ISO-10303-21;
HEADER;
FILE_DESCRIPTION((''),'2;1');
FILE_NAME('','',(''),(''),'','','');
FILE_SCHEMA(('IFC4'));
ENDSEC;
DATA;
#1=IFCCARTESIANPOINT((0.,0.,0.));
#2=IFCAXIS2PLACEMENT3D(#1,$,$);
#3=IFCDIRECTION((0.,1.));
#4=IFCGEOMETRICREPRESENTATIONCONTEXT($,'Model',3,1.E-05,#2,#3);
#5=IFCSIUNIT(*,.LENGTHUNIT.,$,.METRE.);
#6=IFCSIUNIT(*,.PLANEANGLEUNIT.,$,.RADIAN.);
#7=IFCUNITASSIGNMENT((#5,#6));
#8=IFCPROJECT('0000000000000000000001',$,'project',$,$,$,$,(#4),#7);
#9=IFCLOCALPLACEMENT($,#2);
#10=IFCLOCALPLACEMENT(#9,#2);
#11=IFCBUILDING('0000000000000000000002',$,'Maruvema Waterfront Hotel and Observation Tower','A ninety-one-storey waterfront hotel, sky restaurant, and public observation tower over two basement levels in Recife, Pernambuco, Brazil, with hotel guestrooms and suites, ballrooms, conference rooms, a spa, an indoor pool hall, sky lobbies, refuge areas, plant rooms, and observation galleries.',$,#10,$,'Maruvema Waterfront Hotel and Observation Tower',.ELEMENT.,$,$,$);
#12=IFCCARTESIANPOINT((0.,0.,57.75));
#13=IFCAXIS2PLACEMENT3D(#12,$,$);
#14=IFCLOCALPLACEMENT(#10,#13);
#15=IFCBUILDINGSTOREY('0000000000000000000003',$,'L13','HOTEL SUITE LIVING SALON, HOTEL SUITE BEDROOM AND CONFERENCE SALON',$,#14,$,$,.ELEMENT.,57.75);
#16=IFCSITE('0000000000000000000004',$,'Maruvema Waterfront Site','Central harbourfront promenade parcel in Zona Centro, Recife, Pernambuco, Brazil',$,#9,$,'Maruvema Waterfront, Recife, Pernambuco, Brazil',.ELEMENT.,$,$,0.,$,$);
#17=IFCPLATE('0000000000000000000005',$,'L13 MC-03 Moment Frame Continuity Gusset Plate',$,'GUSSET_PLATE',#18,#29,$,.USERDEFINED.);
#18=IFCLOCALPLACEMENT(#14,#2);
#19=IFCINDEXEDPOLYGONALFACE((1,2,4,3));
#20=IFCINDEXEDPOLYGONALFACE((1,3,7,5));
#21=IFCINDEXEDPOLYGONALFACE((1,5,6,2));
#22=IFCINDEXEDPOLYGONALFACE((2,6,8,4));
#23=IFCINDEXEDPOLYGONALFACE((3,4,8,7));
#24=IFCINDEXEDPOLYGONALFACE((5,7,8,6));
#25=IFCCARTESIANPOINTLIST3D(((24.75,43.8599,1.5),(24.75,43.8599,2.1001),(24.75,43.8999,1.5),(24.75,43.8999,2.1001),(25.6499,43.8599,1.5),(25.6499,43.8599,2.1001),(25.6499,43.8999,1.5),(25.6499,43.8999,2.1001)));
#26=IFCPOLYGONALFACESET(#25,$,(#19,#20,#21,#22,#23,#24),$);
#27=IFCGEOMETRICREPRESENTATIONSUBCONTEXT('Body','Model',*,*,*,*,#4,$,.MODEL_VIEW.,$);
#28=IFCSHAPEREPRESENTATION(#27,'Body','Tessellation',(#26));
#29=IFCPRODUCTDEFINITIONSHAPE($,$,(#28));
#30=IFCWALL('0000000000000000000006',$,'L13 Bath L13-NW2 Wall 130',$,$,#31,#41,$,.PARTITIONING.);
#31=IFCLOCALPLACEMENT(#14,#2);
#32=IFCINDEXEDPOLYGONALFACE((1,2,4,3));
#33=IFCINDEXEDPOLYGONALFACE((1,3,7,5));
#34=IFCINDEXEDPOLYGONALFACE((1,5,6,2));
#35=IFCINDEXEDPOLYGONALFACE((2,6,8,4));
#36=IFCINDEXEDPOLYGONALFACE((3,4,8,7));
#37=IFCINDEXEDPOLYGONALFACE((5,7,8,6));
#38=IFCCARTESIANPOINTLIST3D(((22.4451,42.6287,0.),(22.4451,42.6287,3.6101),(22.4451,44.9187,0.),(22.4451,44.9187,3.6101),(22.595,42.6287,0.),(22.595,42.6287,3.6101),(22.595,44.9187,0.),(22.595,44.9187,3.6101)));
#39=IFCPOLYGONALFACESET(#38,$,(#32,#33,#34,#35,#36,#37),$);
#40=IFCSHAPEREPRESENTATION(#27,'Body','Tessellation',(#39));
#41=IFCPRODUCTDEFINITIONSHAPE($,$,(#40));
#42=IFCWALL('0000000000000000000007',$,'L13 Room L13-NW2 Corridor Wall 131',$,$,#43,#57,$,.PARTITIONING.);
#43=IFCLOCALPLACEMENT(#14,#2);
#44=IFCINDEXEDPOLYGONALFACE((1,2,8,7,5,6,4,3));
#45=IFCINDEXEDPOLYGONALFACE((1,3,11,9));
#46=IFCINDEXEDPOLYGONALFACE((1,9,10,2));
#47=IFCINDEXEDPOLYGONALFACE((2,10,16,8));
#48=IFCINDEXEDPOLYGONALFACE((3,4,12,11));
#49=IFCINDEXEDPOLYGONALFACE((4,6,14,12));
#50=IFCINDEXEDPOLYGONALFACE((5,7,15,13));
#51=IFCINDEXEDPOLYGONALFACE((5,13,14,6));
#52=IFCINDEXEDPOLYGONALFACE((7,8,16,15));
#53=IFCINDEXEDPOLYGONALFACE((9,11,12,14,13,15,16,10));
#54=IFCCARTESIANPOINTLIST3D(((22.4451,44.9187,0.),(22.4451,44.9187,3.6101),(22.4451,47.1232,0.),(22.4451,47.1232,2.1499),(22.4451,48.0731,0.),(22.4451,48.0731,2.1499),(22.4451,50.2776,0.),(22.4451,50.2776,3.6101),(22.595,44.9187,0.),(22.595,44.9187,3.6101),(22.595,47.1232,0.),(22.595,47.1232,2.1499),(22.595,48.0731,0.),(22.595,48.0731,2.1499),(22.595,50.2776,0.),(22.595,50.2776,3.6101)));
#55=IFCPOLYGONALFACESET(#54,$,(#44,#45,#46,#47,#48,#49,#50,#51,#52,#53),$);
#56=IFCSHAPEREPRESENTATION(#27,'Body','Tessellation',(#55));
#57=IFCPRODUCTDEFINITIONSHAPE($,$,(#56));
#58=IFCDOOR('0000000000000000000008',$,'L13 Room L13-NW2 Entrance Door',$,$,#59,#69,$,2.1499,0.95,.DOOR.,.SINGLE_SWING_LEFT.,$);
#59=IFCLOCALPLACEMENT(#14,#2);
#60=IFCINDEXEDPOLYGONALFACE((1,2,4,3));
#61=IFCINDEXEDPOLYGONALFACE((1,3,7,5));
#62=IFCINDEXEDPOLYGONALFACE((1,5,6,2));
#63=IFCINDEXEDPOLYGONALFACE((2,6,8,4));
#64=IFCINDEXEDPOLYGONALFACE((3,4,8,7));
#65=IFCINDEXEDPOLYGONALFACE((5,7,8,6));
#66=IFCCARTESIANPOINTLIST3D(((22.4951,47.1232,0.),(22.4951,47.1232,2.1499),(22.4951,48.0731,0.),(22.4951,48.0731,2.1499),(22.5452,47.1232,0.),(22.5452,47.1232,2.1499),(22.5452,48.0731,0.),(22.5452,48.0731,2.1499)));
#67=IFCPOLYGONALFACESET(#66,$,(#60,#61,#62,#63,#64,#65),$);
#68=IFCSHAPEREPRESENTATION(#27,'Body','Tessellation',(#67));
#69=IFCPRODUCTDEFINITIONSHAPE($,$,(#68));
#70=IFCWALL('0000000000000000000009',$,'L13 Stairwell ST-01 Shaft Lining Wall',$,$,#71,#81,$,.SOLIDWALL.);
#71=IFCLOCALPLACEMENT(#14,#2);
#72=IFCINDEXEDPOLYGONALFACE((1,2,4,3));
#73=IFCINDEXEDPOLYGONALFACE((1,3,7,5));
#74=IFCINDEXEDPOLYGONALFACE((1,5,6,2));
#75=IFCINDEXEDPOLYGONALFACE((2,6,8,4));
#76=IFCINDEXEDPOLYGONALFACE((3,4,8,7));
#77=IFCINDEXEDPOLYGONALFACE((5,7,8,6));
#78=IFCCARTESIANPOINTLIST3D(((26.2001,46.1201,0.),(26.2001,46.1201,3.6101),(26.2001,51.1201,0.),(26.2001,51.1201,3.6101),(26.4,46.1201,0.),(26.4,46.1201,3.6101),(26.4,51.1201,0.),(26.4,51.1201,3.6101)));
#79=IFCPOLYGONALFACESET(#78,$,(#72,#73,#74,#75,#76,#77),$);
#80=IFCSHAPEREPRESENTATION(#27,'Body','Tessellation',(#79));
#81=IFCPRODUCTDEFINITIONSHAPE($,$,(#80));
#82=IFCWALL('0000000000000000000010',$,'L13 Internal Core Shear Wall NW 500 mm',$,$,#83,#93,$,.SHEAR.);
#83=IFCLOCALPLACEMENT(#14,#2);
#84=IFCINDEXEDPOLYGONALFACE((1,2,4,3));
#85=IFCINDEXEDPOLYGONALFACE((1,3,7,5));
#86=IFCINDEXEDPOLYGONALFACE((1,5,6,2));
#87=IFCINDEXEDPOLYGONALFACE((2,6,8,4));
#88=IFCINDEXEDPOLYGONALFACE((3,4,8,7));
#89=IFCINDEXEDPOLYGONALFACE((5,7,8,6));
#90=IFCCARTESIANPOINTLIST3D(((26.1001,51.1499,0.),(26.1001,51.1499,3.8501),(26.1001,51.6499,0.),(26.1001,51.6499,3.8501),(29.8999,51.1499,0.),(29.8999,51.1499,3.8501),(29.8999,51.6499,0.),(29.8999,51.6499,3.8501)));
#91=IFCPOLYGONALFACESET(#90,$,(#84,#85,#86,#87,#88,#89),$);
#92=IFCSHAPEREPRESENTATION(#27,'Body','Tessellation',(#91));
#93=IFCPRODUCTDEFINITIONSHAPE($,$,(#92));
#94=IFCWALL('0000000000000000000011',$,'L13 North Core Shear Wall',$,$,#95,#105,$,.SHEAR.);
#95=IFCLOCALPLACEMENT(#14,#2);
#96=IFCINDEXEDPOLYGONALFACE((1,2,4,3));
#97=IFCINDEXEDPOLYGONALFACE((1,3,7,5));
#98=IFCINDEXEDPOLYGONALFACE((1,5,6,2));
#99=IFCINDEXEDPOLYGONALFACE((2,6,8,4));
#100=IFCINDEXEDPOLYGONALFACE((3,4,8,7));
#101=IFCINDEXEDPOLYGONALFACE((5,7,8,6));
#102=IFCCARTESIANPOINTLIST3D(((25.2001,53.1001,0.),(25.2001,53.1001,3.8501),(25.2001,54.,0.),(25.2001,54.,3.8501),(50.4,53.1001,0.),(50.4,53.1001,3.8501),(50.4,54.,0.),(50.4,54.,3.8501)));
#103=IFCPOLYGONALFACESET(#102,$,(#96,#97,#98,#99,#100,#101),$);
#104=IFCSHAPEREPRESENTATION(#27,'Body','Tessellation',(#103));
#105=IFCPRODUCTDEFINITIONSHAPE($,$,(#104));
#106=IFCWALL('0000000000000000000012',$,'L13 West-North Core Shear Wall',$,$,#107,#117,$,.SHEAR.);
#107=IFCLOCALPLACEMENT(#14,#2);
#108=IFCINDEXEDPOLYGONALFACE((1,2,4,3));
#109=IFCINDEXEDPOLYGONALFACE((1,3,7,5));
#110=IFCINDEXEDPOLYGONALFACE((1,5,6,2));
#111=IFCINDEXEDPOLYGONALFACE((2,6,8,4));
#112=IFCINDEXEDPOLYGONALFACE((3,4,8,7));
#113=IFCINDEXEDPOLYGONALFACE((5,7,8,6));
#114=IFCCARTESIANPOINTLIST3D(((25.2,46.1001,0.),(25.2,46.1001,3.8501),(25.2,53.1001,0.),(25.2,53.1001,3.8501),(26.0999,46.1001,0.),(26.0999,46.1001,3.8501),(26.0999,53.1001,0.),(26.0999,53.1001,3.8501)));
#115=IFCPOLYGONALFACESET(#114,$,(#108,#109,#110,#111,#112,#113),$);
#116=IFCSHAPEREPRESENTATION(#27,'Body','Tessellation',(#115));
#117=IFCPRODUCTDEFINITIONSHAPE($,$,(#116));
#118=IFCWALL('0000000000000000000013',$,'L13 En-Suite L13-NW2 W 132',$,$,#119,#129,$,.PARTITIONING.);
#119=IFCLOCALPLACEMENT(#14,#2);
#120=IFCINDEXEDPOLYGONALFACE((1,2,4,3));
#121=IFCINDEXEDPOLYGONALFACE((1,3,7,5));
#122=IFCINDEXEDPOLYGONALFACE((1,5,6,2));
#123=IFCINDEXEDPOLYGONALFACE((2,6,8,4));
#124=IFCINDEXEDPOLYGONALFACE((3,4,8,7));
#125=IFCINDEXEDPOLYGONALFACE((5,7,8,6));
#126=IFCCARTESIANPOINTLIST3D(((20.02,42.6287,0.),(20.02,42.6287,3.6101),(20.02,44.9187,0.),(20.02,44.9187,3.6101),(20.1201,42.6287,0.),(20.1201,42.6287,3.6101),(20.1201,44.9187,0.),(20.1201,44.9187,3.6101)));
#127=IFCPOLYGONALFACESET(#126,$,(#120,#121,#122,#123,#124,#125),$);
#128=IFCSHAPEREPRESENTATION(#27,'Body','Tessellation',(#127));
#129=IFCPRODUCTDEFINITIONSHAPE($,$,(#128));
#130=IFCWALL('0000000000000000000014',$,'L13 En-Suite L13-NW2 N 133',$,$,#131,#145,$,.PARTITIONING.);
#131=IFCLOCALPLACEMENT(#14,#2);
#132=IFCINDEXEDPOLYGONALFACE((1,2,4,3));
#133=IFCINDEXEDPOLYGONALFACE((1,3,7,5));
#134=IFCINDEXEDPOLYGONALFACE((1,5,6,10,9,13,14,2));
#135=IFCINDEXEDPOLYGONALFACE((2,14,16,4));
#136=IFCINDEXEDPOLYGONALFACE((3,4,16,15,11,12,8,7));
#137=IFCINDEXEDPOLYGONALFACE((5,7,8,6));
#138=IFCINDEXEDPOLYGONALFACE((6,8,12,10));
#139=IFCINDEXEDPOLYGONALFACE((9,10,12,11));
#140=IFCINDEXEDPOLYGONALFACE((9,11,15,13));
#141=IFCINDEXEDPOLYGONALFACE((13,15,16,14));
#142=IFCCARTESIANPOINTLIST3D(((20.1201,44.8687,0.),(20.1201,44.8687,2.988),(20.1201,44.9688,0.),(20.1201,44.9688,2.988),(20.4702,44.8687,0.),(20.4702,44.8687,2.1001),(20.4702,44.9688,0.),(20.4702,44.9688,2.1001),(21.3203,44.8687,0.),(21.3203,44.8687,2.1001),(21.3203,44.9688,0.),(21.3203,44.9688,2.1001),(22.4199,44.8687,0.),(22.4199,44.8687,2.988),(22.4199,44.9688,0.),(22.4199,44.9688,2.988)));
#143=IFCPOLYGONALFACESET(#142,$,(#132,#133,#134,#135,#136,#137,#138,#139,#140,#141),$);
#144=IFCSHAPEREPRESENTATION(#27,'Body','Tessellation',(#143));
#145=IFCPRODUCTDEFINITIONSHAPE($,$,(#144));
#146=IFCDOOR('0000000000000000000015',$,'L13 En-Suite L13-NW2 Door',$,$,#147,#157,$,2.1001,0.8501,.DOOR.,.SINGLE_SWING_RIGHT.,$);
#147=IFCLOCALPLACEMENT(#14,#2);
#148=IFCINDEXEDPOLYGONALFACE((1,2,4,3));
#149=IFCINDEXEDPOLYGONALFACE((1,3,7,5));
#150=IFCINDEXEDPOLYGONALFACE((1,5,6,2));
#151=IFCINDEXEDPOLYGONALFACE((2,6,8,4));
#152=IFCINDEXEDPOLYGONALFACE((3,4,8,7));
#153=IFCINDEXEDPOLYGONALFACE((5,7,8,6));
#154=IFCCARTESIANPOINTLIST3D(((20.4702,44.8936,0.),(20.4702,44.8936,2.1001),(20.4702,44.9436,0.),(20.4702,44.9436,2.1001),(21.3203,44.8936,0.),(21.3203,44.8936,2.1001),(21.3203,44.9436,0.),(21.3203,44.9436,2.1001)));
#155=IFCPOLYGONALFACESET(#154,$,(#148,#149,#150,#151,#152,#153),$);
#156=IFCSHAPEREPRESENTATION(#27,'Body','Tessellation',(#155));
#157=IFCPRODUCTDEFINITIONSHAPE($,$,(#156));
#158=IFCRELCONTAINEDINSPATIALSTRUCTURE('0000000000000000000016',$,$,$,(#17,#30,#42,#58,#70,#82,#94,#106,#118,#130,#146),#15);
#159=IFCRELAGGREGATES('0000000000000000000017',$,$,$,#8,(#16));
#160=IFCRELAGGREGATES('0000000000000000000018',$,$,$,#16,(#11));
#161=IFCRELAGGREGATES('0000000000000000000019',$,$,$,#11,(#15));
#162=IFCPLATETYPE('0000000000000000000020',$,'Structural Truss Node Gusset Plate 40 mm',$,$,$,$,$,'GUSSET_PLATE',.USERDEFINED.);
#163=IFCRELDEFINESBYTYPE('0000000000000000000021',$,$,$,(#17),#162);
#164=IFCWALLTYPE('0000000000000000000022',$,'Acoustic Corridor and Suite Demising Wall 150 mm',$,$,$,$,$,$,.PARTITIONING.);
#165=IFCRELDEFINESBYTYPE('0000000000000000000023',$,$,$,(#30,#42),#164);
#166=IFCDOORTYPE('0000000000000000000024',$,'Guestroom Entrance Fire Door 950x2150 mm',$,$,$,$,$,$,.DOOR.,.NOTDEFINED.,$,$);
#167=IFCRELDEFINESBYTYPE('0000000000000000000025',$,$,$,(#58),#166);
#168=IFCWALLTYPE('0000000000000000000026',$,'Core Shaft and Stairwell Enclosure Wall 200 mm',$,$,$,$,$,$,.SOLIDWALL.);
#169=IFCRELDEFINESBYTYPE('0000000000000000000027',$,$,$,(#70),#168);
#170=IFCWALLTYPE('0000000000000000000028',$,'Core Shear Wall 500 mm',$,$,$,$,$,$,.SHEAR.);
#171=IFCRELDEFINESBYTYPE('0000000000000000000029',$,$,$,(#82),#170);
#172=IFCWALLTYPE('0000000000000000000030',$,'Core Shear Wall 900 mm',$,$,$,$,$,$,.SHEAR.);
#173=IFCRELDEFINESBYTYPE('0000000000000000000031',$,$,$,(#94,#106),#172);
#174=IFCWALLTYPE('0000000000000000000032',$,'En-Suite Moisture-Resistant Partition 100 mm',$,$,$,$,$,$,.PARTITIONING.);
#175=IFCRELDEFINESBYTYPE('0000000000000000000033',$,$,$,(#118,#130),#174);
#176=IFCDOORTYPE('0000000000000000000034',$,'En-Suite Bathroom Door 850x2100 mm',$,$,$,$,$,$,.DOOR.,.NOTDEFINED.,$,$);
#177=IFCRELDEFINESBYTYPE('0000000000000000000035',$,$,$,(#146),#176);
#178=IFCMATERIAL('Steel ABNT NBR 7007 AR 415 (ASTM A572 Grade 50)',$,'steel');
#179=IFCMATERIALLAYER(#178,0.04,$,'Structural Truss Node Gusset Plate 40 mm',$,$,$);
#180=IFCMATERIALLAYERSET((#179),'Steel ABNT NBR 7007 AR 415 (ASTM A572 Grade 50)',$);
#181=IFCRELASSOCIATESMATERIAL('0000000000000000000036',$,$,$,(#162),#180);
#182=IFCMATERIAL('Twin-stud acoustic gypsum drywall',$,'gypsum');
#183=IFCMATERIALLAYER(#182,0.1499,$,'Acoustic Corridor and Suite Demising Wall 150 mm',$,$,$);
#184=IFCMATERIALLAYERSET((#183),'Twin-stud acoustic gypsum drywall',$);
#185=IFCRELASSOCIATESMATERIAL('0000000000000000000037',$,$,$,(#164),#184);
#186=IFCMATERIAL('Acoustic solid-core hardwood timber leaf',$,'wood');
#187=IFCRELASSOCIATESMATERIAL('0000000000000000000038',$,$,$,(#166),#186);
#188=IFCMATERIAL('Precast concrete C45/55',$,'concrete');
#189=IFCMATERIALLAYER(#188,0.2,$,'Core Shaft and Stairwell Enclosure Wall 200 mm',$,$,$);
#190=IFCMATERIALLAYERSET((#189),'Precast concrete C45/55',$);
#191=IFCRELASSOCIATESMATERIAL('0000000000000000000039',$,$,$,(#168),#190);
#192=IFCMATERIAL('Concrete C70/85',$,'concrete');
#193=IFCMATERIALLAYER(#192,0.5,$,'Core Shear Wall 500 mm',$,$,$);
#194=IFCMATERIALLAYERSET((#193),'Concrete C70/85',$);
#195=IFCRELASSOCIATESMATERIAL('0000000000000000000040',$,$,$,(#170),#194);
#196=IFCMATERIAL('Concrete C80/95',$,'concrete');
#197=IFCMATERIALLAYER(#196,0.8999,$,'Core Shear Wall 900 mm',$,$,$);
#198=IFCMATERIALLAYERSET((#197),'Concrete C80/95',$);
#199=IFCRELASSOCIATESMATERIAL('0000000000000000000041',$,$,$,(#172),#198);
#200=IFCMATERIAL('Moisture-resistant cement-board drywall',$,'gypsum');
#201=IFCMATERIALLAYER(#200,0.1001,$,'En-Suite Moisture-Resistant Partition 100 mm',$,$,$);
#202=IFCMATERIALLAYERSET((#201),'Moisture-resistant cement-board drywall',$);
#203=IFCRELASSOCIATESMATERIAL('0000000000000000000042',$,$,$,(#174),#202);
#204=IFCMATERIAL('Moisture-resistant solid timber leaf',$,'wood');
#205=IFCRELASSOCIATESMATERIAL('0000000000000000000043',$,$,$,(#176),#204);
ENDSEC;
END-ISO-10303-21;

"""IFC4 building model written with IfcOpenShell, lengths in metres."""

from ifc_helpers import new_model, si_unit, direction, frame, frame_2d, origin, origin_2d, place, context, subcontext, project, spatial, rectangle, extrude, material, layer, layer_set, type_object, element, fill, save


model = new_model("IFC4")

# Units and contexts
model_context = context("Model", 3, precision=1e-05, world=origin(), true_north=direction((0.0, 1.0)))
body_context = subcontext(model_context, "Body", "Model", "MODEL_VIEW")
ifc_project = project(units=[si_unit("LENGTHUNIT", "METRE"), si_unit("PLANEANGLEUNIT", "RADIAN")], contexts=[model_context])

# Site, building, storey
site_placement = place(None, origin())
site = spatial("IfcSite", under=ifc_project, at=site_placement, Name="Maruvema Waterfront Site", Description="Central harbourfront promenade parcel in Zona Centro, Recife, Pernambuco, Brazil", LongName="Maruvema Waterfront, Recife, Pernambuco, Brazil", CompositionType="ELEMENT", RefElevation=0.0)
building_placement = place(site_placement, origin())
building = spatial("IfcBuilding", under=site, at=building_placement, Name="Maruvema Waterfront Hotel and Observation Tower", Description="A ninety-one-storey waterfront hotel, sky restaurant, and public observation tower over two basement levels in Recife, Pernambuco, Brazil, with hotel guestrooms and suites, ballrooms, conference rooms, a spa, an indoor pool hall, sky lobbies, refuge areas, plant rooms, and observation galleries.", LongName="Maruvema Waterfront Hotel and Observation Tower", CompositionType="ELEMENT")
storey_placement = place(building_placement, frame((0.0, 0.0, 57.75)))
storey = spatial("IfcBuildingStorey", under=building, at=storey_placement, Name="L13", Description="HOTEL SUITE LIVING SALON, HOTEL SUITE BEDROOM AND CONFERENCE SALON", CompositionType="ELEMENT", Elevation=57.75)

# Plate
ifc_material_1 = material(Name="Steel ABNT NBR 7007 AR 415 (ASTM A572 Grade 50)", Category="steel")
ifc_layer_1 = layer(ifc_material_1, 0.04, Name="Structural Truss Node Gusset Plate 40 mm")
ifc_layer_set_1 = layer_set([ifc_layer_1], Name="Steel ABNT NBR 7007 AR 415 (ASTM A572 Grade 50)")
plate_type_1 = type_object("IfcPlateType", Name="Structural Truss Node Gusset Plate 40 mm", ElementType="GUSSET_PLATE", PredefinedType="USERDEFINED", material=ifc_layer_set_1)
plate_1_placement = place(storey_placement, frame((25.2, 43.8799, 1.5), z_axis=(0.0, 0.0, 1.0), x_axis=(1.0, 0.0, 0.0)))
element("IfcPlate", 1, at=plate_1_placement, inside=storey, type_object=plate_type_1, Name="L13 MC-03 Moment Frame Continuity Gusset Plate", ObjectType="GUSSET_PLATE", PredefinedType="USERDEFINED", context=body_context, shape_type="SweptSolid", body=[
    extrude(rectangle(XDim=0.8999, YDim=0.04, at=origin_2d()), origin(), (0.0, 0.0, 1.0), 0.6001),
])

# Wall
ifc_material_2 = material(Name="Twin-stud acoustic gypsum drywall", Category="gypsum")
ifc_layer_2 = layer(ifc_material_2, 0.1499, Name="Acoustic Corridor and Suite Demising Wall 150 mm")
ifc_layer_set_2 = layer_set([ifc_layer_2], Name="Twin-stud acoustic gypsum drywall")
wall_type_1 = type_object("IfcWallType", Name="Acoustic Corridor and Suite Demising Wall 150 mm", PredefinedType="PARTITIONING", material=ifc_layer_set_2)
wall_1_placement = place(storey_placement, frame((22.52, 42.6287, 0.0), z_axis=(0.0, 0.0, 1.0), x_axis=(0.0, 1.0, 0.0)))
element("IfcWall", 2, at=wall_1_placement, inside=storey, type_object=wall_type_1, Name="L13 Bath L13-NW2 Wall 130", PredefinedType="PARTITIONING", context=body_context, shape_type="SweptSolid", body=[
    extrude(rectangle(XDim=2.29, YDim=0.1499, at=frame_2d((1.145, 0.0))), origin(), (0.0, 0.0, 1.0), 3.6101),
])

# Wall, opening, door
wall_2_placement = place(storey_placement, frame((22.52, 44.9187, 0.0), z_axis=(0.0, 0.0, 1.0), x_axis=(0.0, 1.0, 0.0)))
wall_2 = element("IfcWall", 3, at=wall_2_placement, inside=storey, type_object=wall_type_1, Name="L13 Room L13-NW2 Corridor Wall 131", PredefinedType="PARTITIONING", context=body_context, shape_type="SweptSolid", body=[
    extrude(rectangle(XDim=5.3589, YDim=0.1499, at=frame_2d((2.6794, 0.0))), origin(), (0.0, 0.0, 1.0), 3.6101),
])
opening_1_placement = place(wall_2_placement, frame((2.2043, 0.0, 0.0)))
opening_1 = element("IfcOpeningElement", 4, at=opening_1_placement, cuts=wall_2, PredefinedType="OPENING", context=body_context, shape_type="SweptSolid", body=[
    extrude(rectangle(XDim=0.95, YDim=2.1499, at=frame_2d((0.4751, 1.075))), frame((0.0, 0.085, 0.0), z_axis=(0.0, -1.0, 0.0), x_axis=(1.0, 0.0, 0.0)), (0.0, 0.0, 1.0), 0.1699),
])
ifc_material_3 = material(Name="Acoustic solid-core hardwood timber leaf", Category="wood")
door_type_1 = type_object("IfcDoorType", Name="Guestroom Entrance Fire Door 950x2150 mm", OperationType="NOTDEFINED", PredefinedType="DOOR", material=ifc_material_3)
door_1_placement = place(opening_1_placement, origin())
door_1 = element("IfcDoor", 5, at=door_1_placement, inside=storey, type_object=door_type_1, Name="L13 Room L13-NW2 Entrance Door", OperationType="SINGLE_SWING_LEFT", OverallHeight=2.1499, OverallWidth=0.95, PredefinedType="DOOR", context=body_context, shape_type="SweptSolid", body=[
    extrude(rectangle(XDim=0.95, YDim=2.1499, at=frame_2d((0.4751, 1.075))), frame((0.0, 0.0249, 0.0), z_axis=(0.0, -1.0, 0.0), x_axis=(1.0, 0.0, 0.0)), (0.0, 0.0, 1.0), 0.05),
])
fill(opening_1, door_1)

# Walls
ifc_material_4 = material(Name="Precast concrete C45/55", Category="concrete")
ifc_layer_3 = layer(ifc_material_4, 0.2, Name="Core Shaft and Stairwell Enclosure Wall 200 mm")
ifc_layer_set_3 = layer_set([ifc_layer_3], Name="Precast concrete C45/55")
wall_type_2 = type_object("IfcWallType", Name="Core Shaft and Stairwell Enclosure Wall 200 mm", PredefinedType="SOLIDWALL", material=ifc_layer_set_3)
wall_3_placement = place(storey_placement, frame((26.3, 46.1201, 0.0), z_axis=(0.0, 0.0, 1.0), x_axis=(0.0, 1.0, 0.0)))
element("IfcWall", 6, at=wall_3_placement, inside=storey, type_object=wall_type_2, Name="L13 Stairwell ST-01 Shaft Lining Wall", PredefinedType="SOLIDWALL", context=body_context, shape_type="SweptSolid", body=[
    extrude(rectangle(XDim=5.0, YDim=0.2, at=frame_2d((2.5, 0.0))), origin(), (0.0, 0.0, 1.0), 3.6101),
])
ifc_material_5 = material(Name="Concrete C70/85", Category="concrete")
ifc_layer_4 = layer(ifc_material_5, 0.5, Name="Core Shear Wall 500 mm")
ifc_layer_set_4 = layer_set([ifc_layer_4], Name="Concrete C70/85")
wall_type_3 = type_object("IfcWallType", Name="Core Shear Wall 500 mm", PredefinedType="SHEAR", material=ifc_layer_set_4)
wall_4_placement = place(storey_placement, frame((26.1001, 51.3999, 0.0), z_axis=(0.0, 0.0, 1.0), x_axis=(1.0, 0.0, 0.0)))
element("IfcWall", 7, at=wall_4_placement, inside=storey, type_object=wall_type_3, Name="L13 Internal Core Shear Wall NW 500 mm", PredefinedType="SHEAR", context=body_context, shape_type="SweptSolid", body=[
    extrude(rectangle(XDim=3.7998, YDim=0.5, at=frame_2d((1.8999, 0.0))), origin(), (0.0, 0.0, 1.0), 3.8501),
])
ifc_material_6 = material(Name="Concrete C80/95", Category="concrete")
ifc_layer_5 = layer(ifc_material_6, 0.8999, Name="Core Shear Wall 900 mm")
ifc_layer_set_5 = layer_set([ifc_layer_5], Name="Concrete C80/95")
wall_type_4 = type_object("IfcWallType", Name="Core Shear Wall 900 mm", PredefinedType="SHEAR", material=ifc_layer_set_5)
wall_5_placement = place(storey_placement, frame((25.2, 53.55, 0.0), z_axis=(0.0, 0.0, 1.0), x_axis=(1.0, 0.0, 0.0)))
element("IfcWall", 8, at=wall_5_placement, inside=storey, type_object=wall_type_4, Name="L13 North Core Shear Wall", PredefinedType="SHEAR", context=body_context, shape_type="SweptSolid", body=[
    extrude(rectangle(XDim=25.2, YDim=0.8999, at=frame_2d((12.6001, 0.0))), origin(), (0.0, 0.0, 1.0), 3.8501),
])
wall_6_placement = place(storey_placement, frame((25.6499, 46.1001, 0.0), z_axis=(0.0, 0.0, 1.0), x_axis=(0.0, 1.0, 0.0)))
element("IfcWall", 9, at=wall_6_placement, inside=storey, type_object=wall_type_4, Name="L13 West-North Core Shear Wall", PredefinedType="SHEAR", context=body_context, shape_type="SweptSolid", body=[
    extrude(rectangle(XDim=7.0, YDim=0.8999, at=frame_2d((3.5, 0.0))), origin(), (0.0, 0.0, 1.0), 3.8501),
])
ifc_material_7 = material(Name="Moisture-resistant cement-board drywall", Category="gypsum")
ifc_layer_6 = layer(ifc_material_7, 0.1001, Name="En-Suite Moisture-Resistant Partition 100 mm")
ifc_layer_set_6 = layer_set([ifc_layer_6], Name="Moisture-resistant cement-board drywall")
wall_type_5 = type_object("IfcWallType", Name="En-Suite Moisture-Resistant Partition 100 mm", PredefinedType="PARTITIONING", material=ifc_layer_set_6)
wall_7_placement = place(storey_placement, frame((20.0701, 42.6287, 0.0), z_axis=(0.0, 0.0, 1.0), x_axis=(0.0, 1.0, 0.0)))
element("IfcWall", 10, at=wall_7_placement, inside=storey, type_object=wall_type_5, Name="L13 En-Suite L13-NW2 W 132", PredefinedType="PARTITIONING", context=body_context, shape_type="SweptSolid", body=[
    extrude(rectangle(XDim=2.29, YDim=0.1001, at=frame_2d((1.145, 0.0))), origin(), (0.0, 0.0, 1.0), 3.6101),
])

# Wall, opening, door
wall_8_placement = place(storey_placement, frame((20.1201, 44.9187, 0.0), z_axis=(0.0, 0.0, 1.0), x_axis=(1.0, 0.0, 0.0)))
wall_8 = element("IfcWall", 11, at=wall_8_placement, inside=storey, type_object=wall_type_5, Name="L13 En-Suite L13-NW2 N 133", PredefinedType="PARTITIONING", context=body_context, shape_type="SweptSolid", body=[
    extrude(rectangle(XDim=2.2998, YDim=0.1001, at=frame_2d((1.1499, 0.0))), origin(), (0.0, 0.0, 1.0), 2.988),
])
opening_2_placement = place(wall_8_placement, frame((0.3501, 0.0, 0.0)))
opening_2 = element("IfcOpeningElement", 12, at=opening_2_placement, cuts=wall_8, PredefinedType="OPENING", context=body_context, shape_type="SweptSolid", body=[
    extrude(rectangle(XDim=0.8501, YDim=2.1001, at=frame_2d((0.425, 1.05))), frame((0.0, 0.0601, 0.0), z_axis=(0.0, -1.0, 0.0), x_axis=(1.0, 0.0, 0.0)), (0.0, 0.0, 1.0), 0.1201),
])
ifc_material_8 = material(Name="Moisture-resistant solid timber leaf", Category="wood")
door_type_2 = type_object("IfcDoorType", Name="En-Suite Bathroom Door 850x2100 mm", OperationType="NOTDEFINED", PredefinedType="DOOR", material=ifc_material_8)
door_2_placement = place(opening_2_placement, origin())
door_2 = element("IfcDoor", 13, at=door_2_placement, inside=storey, type_object=door_type_2, Name="L13 En-Suite L13-NW2 Door", OperationType="SINGLE_SWING_RIGHT", OverallHeight=2.1001, OverallWidth=0.8501, PredefinedType="DOOR", context=body_context, shape_type="SweptSolid", body=[
    extrude(rectangle(XDim=0.8501, YDim=2.1001, at=frame_2d((0.425, 1.05))), frame((0.0, 0.0249, 0.0), z_axis=(0.0, -1.0, 0.0), x_axis=(1.0, 0.0, 0.0)), (0.0, 0.0, 1.0), 0.05),
])
fill(opening_2, door_2)

save(model, "model.ifc")
